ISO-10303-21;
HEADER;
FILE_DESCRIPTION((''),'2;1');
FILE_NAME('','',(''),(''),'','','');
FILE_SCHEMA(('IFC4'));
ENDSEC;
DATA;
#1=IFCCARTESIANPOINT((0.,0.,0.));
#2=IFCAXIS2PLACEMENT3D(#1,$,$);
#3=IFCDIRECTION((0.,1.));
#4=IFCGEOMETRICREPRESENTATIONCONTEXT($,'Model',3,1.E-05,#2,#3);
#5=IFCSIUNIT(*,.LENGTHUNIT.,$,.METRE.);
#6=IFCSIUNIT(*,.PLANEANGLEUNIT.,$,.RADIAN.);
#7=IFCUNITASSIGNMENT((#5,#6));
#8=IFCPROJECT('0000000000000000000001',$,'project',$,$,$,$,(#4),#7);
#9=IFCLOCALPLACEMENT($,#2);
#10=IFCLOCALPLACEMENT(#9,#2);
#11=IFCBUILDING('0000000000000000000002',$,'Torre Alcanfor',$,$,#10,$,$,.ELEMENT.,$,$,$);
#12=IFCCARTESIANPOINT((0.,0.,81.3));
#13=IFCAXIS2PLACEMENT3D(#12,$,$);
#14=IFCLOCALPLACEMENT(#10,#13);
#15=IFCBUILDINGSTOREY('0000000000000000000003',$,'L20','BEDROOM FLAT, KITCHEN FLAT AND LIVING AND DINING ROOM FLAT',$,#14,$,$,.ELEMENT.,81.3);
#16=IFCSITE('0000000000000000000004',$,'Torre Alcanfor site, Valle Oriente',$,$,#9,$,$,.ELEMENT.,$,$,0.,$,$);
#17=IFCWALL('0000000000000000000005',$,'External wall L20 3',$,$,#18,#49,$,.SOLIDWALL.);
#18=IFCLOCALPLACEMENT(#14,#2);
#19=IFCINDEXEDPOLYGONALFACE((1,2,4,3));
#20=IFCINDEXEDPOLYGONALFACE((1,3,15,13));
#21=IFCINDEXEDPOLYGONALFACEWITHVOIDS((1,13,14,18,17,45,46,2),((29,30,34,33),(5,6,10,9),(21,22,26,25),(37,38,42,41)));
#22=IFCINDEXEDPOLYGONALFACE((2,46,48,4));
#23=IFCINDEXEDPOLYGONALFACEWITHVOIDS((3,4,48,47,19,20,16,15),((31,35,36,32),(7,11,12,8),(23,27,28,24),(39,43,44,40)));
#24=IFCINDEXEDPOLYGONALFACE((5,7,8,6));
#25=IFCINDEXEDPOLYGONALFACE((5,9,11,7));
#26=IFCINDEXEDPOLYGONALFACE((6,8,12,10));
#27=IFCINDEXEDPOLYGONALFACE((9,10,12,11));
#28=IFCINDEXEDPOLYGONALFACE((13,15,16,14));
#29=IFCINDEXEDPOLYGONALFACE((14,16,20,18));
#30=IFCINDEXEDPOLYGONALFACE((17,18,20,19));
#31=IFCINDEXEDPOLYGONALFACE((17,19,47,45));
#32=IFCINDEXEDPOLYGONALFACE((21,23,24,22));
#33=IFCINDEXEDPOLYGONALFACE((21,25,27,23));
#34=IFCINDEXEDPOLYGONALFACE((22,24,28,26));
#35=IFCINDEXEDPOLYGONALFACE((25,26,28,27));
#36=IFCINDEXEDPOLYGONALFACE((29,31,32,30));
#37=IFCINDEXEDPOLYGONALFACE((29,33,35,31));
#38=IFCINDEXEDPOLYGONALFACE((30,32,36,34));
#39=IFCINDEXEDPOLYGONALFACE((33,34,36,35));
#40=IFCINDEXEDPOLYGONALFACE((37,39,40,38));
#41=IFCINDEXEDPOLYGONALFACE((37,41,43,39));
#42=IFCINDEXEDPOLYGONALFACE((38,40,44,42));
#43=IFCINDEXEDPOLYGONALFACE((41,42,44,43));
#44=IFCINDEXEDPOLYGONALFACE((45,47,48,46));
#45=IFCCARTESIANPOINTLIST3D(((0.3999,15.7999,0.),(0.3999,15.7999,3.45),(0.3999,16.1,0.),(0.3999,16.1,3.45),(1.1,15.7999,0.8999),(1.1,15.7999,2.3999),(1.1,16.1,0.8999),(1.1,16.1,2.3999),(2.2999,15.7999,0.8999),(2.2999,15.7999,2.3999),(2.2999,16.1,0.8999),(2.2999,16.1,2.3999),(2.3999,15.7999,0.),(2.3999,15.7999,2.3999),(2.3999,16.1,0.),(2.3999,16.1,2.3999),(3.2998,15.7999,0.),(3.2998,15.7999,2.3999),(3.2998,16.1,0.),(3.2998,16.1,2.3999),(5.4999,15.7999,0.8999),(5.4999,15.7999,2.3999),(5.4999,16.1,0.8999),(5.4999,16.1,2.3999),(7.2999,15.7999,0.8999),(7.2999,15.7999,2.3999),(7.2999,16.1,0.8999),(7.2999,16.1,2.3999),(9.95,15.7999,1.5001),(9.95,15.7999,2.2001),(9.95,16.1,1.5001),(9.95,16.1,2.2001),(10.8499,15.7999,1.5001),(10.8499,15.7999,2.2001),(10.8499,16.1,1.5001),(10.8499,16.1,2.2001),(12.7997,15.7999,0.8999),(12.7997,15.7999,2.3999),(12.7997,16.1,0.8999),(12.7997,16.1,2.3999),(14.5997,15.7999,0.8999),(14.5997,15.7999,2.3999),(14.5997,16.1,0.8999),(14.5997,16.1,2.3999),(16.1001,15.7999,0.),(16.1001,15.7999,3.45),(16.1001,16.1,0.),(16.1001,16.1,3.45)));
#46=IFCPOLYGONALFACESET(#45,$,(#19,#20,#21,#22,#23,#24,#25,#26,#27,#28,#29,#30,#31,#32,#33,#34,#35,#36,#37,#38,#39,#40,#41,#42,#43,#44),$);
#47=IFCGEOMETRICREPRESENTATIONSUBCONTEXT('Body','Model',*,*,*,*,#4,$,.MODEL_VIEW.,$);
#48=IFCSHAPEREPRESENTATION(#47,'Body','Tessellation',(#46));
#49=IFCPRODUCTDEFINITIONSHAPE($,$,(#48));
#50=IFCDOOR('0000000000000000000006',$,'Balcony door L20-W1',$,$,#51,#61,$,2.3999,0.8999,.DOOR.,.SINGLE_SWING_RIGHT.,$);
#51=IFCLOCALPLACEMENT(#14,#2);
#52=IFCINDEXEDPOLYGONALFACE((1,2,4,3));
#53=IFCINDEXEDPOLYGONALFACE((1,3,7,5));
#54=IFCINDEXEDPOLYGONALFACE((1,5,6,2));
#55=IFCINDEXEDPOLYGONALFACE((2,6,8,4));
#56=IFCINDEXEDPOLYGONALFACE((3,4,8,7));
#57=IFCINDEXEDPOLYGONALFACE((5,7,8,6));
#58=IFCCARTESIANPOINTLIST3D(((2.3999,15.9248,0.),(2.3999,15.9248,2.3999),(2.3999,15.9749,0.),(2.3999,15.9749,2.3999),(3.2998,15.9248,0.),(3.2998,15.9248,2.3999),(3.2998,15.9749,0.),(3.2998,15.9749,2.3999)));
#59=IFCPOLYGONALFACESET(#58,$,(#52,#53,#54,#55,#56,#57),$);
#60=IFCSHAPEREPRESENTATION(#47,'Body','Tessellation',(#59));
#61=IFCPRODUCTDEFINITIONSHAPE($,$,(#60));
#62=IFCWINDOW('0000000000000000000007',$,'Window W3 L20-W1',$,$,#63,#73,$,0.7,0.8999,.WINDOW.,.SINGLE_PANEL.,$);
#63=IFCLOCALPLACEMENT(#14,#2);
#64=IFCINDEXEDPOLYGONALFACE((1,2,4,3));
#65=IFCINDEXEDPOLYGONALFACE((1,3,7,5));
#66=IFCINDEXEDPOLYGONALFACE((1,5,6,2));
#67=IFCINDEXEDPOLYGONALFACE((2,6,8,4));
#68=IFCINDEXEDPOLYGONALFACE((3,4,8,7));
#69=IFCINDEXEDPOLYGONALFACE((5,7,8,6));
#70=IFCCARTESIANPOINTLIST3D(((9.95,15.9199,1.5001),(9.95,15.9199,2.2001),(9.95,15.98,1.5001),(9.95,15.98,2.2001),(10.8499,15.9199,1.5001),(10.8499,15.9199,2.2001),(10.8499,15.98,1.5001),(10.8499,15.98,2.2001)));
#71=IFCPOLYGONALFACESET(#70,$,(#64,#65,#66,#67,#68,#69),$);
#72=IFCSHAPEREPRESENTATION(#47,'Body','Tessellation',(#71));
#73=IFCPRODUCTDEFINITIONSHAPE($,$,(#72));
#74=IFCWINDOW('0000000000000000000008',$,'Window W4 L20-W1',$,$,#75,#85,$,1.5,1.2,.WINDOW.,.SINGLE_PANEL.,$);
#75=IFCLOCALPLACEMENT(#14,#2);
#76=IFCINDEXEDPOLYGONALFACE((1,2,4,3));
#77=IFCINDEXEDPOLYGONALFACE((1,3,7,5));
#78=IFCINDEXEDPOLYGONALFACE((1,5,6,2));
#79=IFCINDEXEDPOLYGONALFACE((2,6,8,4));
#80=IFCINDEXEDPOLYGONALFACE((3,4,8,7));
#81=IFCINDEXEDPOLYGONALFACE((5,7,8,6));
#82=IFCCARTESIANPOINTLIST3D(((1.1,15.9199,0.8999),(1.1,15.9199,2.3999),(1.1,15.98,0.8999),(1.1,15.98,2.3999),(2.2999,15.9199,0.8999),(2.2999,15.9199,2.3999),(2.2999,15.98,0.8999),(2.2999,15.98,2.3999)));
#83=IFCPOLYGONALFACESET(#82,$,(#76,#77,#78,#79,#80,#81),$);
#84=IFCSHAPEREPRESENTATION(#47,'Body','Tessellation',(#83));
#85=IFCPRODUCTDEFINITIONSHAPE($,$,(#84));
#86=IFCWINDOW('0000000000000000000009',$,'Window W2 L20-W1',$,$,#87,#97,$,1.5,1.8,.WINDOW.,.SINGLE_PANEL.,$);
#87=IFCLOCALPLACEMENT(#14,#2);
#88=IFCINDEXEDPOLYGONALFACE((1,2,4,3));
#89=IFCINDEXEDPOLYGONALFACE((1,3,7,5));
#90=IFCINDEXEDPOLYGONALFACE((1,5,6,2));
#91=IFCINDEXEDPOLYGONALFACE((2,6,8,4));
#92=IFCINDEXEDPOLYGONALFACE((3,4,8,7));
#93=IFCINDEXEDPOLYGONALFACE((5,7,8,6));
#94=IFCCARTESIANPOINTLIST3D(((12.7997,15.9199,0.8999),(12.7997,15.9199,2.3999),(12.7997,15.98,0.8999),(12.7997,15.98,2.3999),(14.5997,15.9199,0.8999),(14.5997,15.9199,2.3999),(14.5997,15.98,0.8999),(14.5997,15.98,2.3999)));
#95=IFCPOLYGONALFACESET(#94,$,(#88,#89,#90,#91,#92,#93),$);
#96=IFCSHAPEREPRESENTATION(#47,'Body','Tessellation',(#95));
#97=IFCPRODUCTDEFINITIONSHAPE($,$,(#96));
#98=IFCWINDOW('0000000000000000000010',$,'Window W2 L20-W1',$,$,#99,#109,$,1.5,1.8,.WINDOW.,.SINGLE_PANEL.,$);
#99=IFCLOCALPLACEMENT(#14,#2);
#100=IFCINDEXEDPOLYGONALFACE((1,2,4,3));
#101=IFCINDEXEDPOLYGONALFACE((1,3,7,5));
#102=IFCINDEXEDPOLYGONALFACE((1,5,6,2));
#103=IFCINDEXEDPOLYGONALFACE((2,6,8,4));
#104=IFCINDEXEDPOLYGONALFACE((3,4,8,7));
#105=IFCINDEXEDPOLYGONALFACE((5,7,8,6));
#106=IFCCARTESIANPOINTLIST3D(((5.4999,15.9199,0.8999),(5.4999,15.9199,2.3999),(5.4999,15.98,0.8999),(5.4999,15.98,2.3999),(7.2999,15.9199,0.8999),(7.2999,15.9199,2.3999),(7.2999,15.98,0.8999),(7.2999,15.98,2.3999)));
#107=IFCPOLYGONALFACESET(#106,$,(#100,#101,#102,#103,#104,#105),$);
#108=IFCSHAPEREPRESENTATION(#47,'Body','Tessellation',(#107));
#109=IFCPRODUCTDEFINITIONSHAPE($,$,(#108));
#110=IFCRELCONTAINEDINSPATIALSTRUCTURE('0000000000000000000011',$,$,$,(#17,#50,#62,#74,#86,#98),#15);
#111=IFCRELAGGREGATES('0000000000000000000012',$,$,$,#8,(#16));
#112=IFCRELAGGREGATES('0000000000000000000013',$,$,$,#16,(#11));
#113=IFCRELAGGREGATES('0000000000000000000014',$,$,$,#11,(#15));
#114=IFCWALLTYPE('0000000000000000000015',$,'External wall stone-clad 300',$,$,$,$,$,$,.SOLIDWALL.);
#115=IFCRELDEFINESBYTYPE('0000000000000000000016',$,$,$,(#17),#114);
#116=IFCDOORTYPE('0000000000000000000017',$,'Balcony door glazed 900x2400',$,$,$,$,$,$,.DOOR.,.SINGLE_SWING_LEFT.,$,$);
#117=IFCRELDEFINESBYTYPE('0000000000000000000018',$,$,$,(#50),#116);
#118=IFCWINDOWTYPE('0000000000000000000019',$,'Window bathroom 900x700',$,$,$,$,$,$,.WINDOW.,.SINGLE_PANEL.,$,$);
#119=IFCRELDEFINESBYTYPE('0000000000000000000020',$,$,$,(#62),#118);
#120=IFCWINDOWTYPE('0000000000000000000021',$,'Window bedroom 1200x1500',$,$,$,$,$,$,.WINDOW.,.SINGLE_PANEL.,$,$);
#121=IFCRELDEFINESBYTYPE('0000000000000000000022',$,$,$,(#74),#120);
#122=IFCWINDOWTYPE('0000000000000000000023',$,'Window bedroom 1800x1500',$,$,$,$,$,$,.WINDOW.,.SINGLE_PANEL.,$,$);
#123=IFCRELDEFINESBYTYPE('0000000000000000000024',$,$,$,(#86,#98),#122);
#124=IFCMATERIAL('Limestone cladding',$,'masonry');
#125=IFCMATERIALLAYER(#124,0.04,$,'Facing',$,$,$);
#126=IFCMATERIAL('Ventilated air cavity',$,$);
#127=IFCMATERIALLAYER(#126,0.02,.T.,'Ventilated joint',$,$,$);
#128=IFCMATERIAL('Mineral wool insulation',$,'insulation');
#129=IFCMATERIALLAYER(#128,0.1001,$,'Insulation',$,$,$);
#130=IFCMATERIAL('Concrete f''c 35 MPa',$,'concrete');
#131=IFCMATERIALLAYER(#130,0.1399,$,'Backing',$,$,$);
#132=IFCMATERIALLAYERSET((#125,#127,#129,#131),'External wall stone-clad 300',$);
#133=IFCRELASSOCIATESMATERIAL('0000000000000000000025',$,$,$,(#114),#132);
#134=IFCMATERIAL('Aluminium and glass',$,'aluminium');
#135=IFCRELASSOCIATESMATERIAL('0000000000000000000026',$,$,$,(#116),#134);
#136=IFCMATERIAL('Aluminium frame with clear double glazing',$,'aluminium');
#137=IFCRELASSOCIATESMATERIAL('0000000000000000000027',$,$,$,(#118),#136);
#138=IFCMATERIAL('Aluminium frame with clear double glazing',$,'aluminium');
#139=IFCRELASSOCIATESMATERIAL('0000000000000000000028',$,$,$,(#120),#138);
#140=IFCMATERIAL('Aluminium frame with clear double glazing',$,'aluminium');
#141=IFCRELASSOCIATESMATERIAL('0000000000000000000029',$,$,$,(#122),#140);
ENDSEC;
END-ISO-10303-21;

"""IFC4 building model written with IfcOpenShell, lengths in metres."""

from ifc_helpers import new_model, si_unit, direction, frame, frame_2d, origin, place, context, subcontext, project, spatial, rectangle, extrude, material, layer, layer_set, type_object, element, fill, save


model = new_model("IFC4")

# Units and contexts
model_context = context("Model", 3, precision=1e-05, world=origin(), true_north=direction((0.0, 1.0)))
body_context = subcontext(model_context, "Body", "Model", "MODEL_VIEW")
ifc_project = project(units=[si_unit("LENGTHUNIT", "METRE"), si_unit("PLANEANGLEUNIT", "RADIAN")], contexts=[model_context])

# Site, building, storey
site_placement = place(None, origin())
site = spatial("IfcSite", under=ifc_project, at=site_placement, Name="Torre Alcanfor site, Valle Oriente", CompositionType="ELEMENT", RefElevation=0.0)
building_placement = place(site_placement, origin())
building = spatial("IfcBuilding", under=site, at=building_placement, Name="Torre Alcanfor", CompositionType="ELEMENT")
storey_placement = place(building_placement, frame((0.0, 0.0, 81.3)))
storey = spatial("IfcBuildingStorey", under=building, at=storey_placement, Name="L20", Description="BEDROOM FLAT, KITCHEN FLAT AND LIVING AND DINING ROOM FLAT", CompositionType="ELEMENT", Elevation=81.3)

# Wall, openings, door, windows
ifc_material_1 = material(Name="Limestone cladding", Category="masonry")
ifc_layer_1 = layer(ifc_material_1, 0.04, Name="Facing")
ifc_material_2 = material(Name="Ventilated air cavity")
ifc_layer_2 = layer(ifc_material_2, 0.02, ventilated=True, Name="Ventilated joint")
ifc_material_3 = material(Name="Mineral wool insulation", Category="insulation")
ifc_layer_3 = layer(ifc_material_3, 0.1001, Name="Insulation")
ifc_material_4 = material(Name="Concrete f'c 35 MPa", Category="concrete")
ifc_layer_4 = layer(ifc_material_4, 0.1399, Name="Backing")
ifc_layer_set_1 = layer_set([ifc_layer_1, ifc_layer_2, ifc_layer_3, ifc_layer_4], Name="External wall stone-clad 300")
wall_type_1 = type_object("IfcWallType", Name="External wall stone-clad 300", PredefinedType="SOLIDWALL", material=ifc_layer_set_1)
wall_1_placement = place(storey_placement, frame((0.3999, 15.95, 0.0), z_axis=(0.0, 0.0, 1.0), x_axis=(1.0, 0.0, 0.0)))
wall_1 = element("IfcWall", 1, at=wall_1_placement, inside=storey, type_object=wall_type_1, Name="External wall L20 3", PredefinedType="SOLIDWALL", context=body_context, shape_type="SweptSolid", body=[
    extrude(rectangle(XDim=15.7002, YDim=0.3, at=frame_2d((7.8501, 0.0))), origin(), (0.0, 0.0, 1.0), 3.45),
])
opening_1_placement = place(wall_1_placement, frame((12.3999, 0.0, 0.8999)))
opening_1 = element("IfcOpeningElement", 2, at=opening_1_placement, cuts=wall_1, PredefinedType="OPENING", context=body_context, shape_type="SweptSolid", body=[
    extrude(rectangle(XDim=1.8, YDim=1.5, at=frame_2d((0.8999, 0.75))), frame((0.0, 0.1599, 0.0), z_axis=(0.0, -1.0, 0.0), x_axis=(1.0, 0.0, 0.0)), (0.0, 0.0, 1.0), 0.3201),
])
opening_2_placement = place(wall_1_placement, frame((9.55, 0.0, 1.5)))
opening_2 = element("IfcOpeningElement", 3, at=opening_2_placement, cuts=wall_1, PredefinedType="OPENING", context=body_context, shape_type="SweptSolid", body=[
    extrude(rectangle(XDim=0.8999, YDim=0.7, at=frame_2d((0.45, 0.3501))), frame((0.0, 0.1599, 0.0), z_axis=(0.0, -1.0, 0.0), x_axis=(1.0, 0.0, 0.0)), (0.0, 0.0, 1.0), 0.3201),
])
opening_3_placement = place(wall_1_placement, frame((5.1001, 0.0, 0.8999)))
opening_3 = element("IfcOpeningElement", 4, at=opening_3_placement, cuts=wall_1, PredefinedType="OPENING", context=body_context, shape_type="SweptSolid", body=[
    extrude(rectangle(XDim=1.8, YDim=1.5, at=frame_2d((0.8999, 0.75))), frame((0.0, 0.1599, 0.0), z_axis=(0.0, -1.0, 0.0), x_axis=(1.0, 0.0, 0.0)), (0.0, 0.0, 1.0), 0.3201),
])
opening_4_placement = place(wall_1_placement, frame((2.0, 0.0, 0.0)))
opening_4 = element("IfcOpeningElement", 5, at=opening_4_placement, cuts=wall_1, PredefinedType="OPENING", context=body_context, shape_type="SweptSolid", body=[
    extrude(rectangle(XDim=0.8999, YDim=2.3999, at=frame_2d((0.45, 1.2))), frame((0.0, 0.1599, 0.0), z_axis=(0.0, -1.0, 0.0), x_axis=(1.0, 0.0, 0.0)), (0.0, 0.0, 1.0), 0.3201),
])
opening_5_placement = place(wall_1_placement, frame((0.7, 0.0, 0.8999)))
opening_5 = element("IfcOpeningElement", 6, at=opening_5_placement, cuts=wall_1, PredefinedType="OPENING", context=body_context, shape_type="SweptSolid", body=[
    extrude(rectangle(XDim=1.2, YDim=1.5, at=frame_2d((0.6001, 0.75))), frame((0.0, 0.1599, 0.0), z_axis=(0.0, -1.0, 0.0), x_axis=(1.0, 0.0, 0.0)), (0.0, 0.0, 1.0), 0.3201),
])
ifc_material_5 = material(Name="Aluminium and glass", Category="aluminium")
door_type = type_object("IfcDoorType", Name="Balcony door glazed 900x2400", OperationType="SINGLE_SWING_LEFT", PredefinedType="DOOR", material=ifc_material_5)
door_placement = place(opening_4_placement, origin())
door = element("IfcDoor", 7, at=door_placement, inside=storey, type_object=door_type, Name="Balcony door L20-W1", OperationType="SINGLE_SWING_RIGHT", OverallHeight=2.3999, OverallWidth=0.8999, PredefinedType="DOOR", context=body_context, shape_type="SweptSolid", body=[
    extrude(rectangle(XDim=0.8999, YDim=2.3999, at=frame_2d((0.45, 1.2))), frame((0.0, 0.0249, 0.0), z_axis=(0.0, -1.0, 0.0), x_axis=(1.0, 0.0, 0.0)), (0.0, 0.0, 1.0), 0.05),
])
fill(opening_4, door)
ifc_material_6 = material(Name="Aluminium frame with clear double glazing", Category="aluminium")
window_type_1 = type_object("IfcWindowType", Name="Window bathroom 900x700", PartitioningType="SINGLE_PANEL", PredefinedType="WINDOW", material=ifc_material_6)
window_1_placement = place(opening_2_placement, origin())
window_1 = element("IfcWindow", 8, at=window_1_placement, inside=storey, type_object=window_type_1, Name="Window W3 L20-W1", OverallHeight=0.7, OverallWidth=0.8999, PartitioningType="SINGLE_PANEL", PredefinedType="WINDOW", context=body_context, shape_type="SweptSolid", body=[
    extrude(rectangle(XDim=0.8999, YDim=0.7, at=frame_2d((0.45, 0.3501))), frame((0.0, 0.03, 0.0), z_axis=(0.0, -1.0, 0.0), x_axis=(1.0, 0.0, 0.0)), (0.0, 0.0, 1.0), 0.0601),
])
fill(opening_2, window_1)
ifc_material_7 = material(Name="Aluminium frame with clear double glazing", Category="aluminium")
window_type_2 = type_object("IfcWindowType", Name="Window bedroom 1200x1500", PartitioningType="SINGLE_PANEL", PredefinedType="WINDOW", material=ifc_material_7)
window_2_placement = place(opening_5_placement, origin())
window_2 = element("IfcWindow", 9, at=window_2_placement, inside=storey, type_object=window_type_2, Name="Window W4 L20-W1", OverallHeight=1.5, OverallWidth=1.2, PartitioningType="SINGLE_PANEL", PredefinedType="WINDOW", context=body_context, shape_type="SweptSolid", body=[
    extrude(rectangle(XDim=1.2, YDim=1.5, at=frame_2d((0.6001, 0.75))), frame((0.0, 0.03, 0.0), z_axis=(0.0, -1.0, 0.0), x_axis=(1.0, 0.0, 0.0)), (0.0, 0.0, 1.0), 0.0601),
])
fill(opening_5, window_2)
ifc_material_8 = material(Name="Aluminium frame with clear double glazing", Category="aluminium")
window_type_3 = type_object("IfcWindowType", Name="Window bedroom 1800x1500", PartitioningType="SINGLE_PANEL", PredefinedType="WINDOW", material=ifc_material_8)
window_3_placement = place(opening_1_placement, origin())
window_3 = element("IfcWindow", 10, at=window_3_placement, inside=storey, type_object=window_type_3, Name="Window W2 L20-W1", OverallHeight=1.5, OverallWidth=1.8, PartitioningType="SINGLE_PANEL", PredefinedType="WINDOW", context=body_context, shape_type="SweptSolid", body=[
    extrude(rectangle(XDim=1.8, YDim=1.5, at=frame_2d((0.8999, 0.75))), frame((0.0, 0.03, 0.0), z_axis=(0.0, -1.0, 0.0), x_axis=(1.0, 0.0, 0.0)), (0.0, 0.0, 1.0), 0.0601),
])
fill(opening_1, window_3)
window_4_placement = place(opening_3_placement, origin())
window_4 = element("IfcWindow", 11, at=window_4_placement, inside=storey, type_object=window_type_3, Name="Window W2 L20-W1", OverallHeight=1.5, OverallWidth=1.8, PartitioningType="SINGLE_PANEL", PredefinedType="WINDOW", context=body_context, shape_type="SweptSolid", body=[
    extrude(rectangle(XDim=1.8, YDim=1.5, at=frame_2d((0.8999, 0.75))), frame((0.0, 0.03, 0.0), z_axis=(0.0, -1.0, 0.0), x_axis=(1.0, 0.0, 0.0)), (0.0, 0.0, 1.0), 0.0601),
])
fill(opening_3, window_4)

save(model, "model.ifc")
